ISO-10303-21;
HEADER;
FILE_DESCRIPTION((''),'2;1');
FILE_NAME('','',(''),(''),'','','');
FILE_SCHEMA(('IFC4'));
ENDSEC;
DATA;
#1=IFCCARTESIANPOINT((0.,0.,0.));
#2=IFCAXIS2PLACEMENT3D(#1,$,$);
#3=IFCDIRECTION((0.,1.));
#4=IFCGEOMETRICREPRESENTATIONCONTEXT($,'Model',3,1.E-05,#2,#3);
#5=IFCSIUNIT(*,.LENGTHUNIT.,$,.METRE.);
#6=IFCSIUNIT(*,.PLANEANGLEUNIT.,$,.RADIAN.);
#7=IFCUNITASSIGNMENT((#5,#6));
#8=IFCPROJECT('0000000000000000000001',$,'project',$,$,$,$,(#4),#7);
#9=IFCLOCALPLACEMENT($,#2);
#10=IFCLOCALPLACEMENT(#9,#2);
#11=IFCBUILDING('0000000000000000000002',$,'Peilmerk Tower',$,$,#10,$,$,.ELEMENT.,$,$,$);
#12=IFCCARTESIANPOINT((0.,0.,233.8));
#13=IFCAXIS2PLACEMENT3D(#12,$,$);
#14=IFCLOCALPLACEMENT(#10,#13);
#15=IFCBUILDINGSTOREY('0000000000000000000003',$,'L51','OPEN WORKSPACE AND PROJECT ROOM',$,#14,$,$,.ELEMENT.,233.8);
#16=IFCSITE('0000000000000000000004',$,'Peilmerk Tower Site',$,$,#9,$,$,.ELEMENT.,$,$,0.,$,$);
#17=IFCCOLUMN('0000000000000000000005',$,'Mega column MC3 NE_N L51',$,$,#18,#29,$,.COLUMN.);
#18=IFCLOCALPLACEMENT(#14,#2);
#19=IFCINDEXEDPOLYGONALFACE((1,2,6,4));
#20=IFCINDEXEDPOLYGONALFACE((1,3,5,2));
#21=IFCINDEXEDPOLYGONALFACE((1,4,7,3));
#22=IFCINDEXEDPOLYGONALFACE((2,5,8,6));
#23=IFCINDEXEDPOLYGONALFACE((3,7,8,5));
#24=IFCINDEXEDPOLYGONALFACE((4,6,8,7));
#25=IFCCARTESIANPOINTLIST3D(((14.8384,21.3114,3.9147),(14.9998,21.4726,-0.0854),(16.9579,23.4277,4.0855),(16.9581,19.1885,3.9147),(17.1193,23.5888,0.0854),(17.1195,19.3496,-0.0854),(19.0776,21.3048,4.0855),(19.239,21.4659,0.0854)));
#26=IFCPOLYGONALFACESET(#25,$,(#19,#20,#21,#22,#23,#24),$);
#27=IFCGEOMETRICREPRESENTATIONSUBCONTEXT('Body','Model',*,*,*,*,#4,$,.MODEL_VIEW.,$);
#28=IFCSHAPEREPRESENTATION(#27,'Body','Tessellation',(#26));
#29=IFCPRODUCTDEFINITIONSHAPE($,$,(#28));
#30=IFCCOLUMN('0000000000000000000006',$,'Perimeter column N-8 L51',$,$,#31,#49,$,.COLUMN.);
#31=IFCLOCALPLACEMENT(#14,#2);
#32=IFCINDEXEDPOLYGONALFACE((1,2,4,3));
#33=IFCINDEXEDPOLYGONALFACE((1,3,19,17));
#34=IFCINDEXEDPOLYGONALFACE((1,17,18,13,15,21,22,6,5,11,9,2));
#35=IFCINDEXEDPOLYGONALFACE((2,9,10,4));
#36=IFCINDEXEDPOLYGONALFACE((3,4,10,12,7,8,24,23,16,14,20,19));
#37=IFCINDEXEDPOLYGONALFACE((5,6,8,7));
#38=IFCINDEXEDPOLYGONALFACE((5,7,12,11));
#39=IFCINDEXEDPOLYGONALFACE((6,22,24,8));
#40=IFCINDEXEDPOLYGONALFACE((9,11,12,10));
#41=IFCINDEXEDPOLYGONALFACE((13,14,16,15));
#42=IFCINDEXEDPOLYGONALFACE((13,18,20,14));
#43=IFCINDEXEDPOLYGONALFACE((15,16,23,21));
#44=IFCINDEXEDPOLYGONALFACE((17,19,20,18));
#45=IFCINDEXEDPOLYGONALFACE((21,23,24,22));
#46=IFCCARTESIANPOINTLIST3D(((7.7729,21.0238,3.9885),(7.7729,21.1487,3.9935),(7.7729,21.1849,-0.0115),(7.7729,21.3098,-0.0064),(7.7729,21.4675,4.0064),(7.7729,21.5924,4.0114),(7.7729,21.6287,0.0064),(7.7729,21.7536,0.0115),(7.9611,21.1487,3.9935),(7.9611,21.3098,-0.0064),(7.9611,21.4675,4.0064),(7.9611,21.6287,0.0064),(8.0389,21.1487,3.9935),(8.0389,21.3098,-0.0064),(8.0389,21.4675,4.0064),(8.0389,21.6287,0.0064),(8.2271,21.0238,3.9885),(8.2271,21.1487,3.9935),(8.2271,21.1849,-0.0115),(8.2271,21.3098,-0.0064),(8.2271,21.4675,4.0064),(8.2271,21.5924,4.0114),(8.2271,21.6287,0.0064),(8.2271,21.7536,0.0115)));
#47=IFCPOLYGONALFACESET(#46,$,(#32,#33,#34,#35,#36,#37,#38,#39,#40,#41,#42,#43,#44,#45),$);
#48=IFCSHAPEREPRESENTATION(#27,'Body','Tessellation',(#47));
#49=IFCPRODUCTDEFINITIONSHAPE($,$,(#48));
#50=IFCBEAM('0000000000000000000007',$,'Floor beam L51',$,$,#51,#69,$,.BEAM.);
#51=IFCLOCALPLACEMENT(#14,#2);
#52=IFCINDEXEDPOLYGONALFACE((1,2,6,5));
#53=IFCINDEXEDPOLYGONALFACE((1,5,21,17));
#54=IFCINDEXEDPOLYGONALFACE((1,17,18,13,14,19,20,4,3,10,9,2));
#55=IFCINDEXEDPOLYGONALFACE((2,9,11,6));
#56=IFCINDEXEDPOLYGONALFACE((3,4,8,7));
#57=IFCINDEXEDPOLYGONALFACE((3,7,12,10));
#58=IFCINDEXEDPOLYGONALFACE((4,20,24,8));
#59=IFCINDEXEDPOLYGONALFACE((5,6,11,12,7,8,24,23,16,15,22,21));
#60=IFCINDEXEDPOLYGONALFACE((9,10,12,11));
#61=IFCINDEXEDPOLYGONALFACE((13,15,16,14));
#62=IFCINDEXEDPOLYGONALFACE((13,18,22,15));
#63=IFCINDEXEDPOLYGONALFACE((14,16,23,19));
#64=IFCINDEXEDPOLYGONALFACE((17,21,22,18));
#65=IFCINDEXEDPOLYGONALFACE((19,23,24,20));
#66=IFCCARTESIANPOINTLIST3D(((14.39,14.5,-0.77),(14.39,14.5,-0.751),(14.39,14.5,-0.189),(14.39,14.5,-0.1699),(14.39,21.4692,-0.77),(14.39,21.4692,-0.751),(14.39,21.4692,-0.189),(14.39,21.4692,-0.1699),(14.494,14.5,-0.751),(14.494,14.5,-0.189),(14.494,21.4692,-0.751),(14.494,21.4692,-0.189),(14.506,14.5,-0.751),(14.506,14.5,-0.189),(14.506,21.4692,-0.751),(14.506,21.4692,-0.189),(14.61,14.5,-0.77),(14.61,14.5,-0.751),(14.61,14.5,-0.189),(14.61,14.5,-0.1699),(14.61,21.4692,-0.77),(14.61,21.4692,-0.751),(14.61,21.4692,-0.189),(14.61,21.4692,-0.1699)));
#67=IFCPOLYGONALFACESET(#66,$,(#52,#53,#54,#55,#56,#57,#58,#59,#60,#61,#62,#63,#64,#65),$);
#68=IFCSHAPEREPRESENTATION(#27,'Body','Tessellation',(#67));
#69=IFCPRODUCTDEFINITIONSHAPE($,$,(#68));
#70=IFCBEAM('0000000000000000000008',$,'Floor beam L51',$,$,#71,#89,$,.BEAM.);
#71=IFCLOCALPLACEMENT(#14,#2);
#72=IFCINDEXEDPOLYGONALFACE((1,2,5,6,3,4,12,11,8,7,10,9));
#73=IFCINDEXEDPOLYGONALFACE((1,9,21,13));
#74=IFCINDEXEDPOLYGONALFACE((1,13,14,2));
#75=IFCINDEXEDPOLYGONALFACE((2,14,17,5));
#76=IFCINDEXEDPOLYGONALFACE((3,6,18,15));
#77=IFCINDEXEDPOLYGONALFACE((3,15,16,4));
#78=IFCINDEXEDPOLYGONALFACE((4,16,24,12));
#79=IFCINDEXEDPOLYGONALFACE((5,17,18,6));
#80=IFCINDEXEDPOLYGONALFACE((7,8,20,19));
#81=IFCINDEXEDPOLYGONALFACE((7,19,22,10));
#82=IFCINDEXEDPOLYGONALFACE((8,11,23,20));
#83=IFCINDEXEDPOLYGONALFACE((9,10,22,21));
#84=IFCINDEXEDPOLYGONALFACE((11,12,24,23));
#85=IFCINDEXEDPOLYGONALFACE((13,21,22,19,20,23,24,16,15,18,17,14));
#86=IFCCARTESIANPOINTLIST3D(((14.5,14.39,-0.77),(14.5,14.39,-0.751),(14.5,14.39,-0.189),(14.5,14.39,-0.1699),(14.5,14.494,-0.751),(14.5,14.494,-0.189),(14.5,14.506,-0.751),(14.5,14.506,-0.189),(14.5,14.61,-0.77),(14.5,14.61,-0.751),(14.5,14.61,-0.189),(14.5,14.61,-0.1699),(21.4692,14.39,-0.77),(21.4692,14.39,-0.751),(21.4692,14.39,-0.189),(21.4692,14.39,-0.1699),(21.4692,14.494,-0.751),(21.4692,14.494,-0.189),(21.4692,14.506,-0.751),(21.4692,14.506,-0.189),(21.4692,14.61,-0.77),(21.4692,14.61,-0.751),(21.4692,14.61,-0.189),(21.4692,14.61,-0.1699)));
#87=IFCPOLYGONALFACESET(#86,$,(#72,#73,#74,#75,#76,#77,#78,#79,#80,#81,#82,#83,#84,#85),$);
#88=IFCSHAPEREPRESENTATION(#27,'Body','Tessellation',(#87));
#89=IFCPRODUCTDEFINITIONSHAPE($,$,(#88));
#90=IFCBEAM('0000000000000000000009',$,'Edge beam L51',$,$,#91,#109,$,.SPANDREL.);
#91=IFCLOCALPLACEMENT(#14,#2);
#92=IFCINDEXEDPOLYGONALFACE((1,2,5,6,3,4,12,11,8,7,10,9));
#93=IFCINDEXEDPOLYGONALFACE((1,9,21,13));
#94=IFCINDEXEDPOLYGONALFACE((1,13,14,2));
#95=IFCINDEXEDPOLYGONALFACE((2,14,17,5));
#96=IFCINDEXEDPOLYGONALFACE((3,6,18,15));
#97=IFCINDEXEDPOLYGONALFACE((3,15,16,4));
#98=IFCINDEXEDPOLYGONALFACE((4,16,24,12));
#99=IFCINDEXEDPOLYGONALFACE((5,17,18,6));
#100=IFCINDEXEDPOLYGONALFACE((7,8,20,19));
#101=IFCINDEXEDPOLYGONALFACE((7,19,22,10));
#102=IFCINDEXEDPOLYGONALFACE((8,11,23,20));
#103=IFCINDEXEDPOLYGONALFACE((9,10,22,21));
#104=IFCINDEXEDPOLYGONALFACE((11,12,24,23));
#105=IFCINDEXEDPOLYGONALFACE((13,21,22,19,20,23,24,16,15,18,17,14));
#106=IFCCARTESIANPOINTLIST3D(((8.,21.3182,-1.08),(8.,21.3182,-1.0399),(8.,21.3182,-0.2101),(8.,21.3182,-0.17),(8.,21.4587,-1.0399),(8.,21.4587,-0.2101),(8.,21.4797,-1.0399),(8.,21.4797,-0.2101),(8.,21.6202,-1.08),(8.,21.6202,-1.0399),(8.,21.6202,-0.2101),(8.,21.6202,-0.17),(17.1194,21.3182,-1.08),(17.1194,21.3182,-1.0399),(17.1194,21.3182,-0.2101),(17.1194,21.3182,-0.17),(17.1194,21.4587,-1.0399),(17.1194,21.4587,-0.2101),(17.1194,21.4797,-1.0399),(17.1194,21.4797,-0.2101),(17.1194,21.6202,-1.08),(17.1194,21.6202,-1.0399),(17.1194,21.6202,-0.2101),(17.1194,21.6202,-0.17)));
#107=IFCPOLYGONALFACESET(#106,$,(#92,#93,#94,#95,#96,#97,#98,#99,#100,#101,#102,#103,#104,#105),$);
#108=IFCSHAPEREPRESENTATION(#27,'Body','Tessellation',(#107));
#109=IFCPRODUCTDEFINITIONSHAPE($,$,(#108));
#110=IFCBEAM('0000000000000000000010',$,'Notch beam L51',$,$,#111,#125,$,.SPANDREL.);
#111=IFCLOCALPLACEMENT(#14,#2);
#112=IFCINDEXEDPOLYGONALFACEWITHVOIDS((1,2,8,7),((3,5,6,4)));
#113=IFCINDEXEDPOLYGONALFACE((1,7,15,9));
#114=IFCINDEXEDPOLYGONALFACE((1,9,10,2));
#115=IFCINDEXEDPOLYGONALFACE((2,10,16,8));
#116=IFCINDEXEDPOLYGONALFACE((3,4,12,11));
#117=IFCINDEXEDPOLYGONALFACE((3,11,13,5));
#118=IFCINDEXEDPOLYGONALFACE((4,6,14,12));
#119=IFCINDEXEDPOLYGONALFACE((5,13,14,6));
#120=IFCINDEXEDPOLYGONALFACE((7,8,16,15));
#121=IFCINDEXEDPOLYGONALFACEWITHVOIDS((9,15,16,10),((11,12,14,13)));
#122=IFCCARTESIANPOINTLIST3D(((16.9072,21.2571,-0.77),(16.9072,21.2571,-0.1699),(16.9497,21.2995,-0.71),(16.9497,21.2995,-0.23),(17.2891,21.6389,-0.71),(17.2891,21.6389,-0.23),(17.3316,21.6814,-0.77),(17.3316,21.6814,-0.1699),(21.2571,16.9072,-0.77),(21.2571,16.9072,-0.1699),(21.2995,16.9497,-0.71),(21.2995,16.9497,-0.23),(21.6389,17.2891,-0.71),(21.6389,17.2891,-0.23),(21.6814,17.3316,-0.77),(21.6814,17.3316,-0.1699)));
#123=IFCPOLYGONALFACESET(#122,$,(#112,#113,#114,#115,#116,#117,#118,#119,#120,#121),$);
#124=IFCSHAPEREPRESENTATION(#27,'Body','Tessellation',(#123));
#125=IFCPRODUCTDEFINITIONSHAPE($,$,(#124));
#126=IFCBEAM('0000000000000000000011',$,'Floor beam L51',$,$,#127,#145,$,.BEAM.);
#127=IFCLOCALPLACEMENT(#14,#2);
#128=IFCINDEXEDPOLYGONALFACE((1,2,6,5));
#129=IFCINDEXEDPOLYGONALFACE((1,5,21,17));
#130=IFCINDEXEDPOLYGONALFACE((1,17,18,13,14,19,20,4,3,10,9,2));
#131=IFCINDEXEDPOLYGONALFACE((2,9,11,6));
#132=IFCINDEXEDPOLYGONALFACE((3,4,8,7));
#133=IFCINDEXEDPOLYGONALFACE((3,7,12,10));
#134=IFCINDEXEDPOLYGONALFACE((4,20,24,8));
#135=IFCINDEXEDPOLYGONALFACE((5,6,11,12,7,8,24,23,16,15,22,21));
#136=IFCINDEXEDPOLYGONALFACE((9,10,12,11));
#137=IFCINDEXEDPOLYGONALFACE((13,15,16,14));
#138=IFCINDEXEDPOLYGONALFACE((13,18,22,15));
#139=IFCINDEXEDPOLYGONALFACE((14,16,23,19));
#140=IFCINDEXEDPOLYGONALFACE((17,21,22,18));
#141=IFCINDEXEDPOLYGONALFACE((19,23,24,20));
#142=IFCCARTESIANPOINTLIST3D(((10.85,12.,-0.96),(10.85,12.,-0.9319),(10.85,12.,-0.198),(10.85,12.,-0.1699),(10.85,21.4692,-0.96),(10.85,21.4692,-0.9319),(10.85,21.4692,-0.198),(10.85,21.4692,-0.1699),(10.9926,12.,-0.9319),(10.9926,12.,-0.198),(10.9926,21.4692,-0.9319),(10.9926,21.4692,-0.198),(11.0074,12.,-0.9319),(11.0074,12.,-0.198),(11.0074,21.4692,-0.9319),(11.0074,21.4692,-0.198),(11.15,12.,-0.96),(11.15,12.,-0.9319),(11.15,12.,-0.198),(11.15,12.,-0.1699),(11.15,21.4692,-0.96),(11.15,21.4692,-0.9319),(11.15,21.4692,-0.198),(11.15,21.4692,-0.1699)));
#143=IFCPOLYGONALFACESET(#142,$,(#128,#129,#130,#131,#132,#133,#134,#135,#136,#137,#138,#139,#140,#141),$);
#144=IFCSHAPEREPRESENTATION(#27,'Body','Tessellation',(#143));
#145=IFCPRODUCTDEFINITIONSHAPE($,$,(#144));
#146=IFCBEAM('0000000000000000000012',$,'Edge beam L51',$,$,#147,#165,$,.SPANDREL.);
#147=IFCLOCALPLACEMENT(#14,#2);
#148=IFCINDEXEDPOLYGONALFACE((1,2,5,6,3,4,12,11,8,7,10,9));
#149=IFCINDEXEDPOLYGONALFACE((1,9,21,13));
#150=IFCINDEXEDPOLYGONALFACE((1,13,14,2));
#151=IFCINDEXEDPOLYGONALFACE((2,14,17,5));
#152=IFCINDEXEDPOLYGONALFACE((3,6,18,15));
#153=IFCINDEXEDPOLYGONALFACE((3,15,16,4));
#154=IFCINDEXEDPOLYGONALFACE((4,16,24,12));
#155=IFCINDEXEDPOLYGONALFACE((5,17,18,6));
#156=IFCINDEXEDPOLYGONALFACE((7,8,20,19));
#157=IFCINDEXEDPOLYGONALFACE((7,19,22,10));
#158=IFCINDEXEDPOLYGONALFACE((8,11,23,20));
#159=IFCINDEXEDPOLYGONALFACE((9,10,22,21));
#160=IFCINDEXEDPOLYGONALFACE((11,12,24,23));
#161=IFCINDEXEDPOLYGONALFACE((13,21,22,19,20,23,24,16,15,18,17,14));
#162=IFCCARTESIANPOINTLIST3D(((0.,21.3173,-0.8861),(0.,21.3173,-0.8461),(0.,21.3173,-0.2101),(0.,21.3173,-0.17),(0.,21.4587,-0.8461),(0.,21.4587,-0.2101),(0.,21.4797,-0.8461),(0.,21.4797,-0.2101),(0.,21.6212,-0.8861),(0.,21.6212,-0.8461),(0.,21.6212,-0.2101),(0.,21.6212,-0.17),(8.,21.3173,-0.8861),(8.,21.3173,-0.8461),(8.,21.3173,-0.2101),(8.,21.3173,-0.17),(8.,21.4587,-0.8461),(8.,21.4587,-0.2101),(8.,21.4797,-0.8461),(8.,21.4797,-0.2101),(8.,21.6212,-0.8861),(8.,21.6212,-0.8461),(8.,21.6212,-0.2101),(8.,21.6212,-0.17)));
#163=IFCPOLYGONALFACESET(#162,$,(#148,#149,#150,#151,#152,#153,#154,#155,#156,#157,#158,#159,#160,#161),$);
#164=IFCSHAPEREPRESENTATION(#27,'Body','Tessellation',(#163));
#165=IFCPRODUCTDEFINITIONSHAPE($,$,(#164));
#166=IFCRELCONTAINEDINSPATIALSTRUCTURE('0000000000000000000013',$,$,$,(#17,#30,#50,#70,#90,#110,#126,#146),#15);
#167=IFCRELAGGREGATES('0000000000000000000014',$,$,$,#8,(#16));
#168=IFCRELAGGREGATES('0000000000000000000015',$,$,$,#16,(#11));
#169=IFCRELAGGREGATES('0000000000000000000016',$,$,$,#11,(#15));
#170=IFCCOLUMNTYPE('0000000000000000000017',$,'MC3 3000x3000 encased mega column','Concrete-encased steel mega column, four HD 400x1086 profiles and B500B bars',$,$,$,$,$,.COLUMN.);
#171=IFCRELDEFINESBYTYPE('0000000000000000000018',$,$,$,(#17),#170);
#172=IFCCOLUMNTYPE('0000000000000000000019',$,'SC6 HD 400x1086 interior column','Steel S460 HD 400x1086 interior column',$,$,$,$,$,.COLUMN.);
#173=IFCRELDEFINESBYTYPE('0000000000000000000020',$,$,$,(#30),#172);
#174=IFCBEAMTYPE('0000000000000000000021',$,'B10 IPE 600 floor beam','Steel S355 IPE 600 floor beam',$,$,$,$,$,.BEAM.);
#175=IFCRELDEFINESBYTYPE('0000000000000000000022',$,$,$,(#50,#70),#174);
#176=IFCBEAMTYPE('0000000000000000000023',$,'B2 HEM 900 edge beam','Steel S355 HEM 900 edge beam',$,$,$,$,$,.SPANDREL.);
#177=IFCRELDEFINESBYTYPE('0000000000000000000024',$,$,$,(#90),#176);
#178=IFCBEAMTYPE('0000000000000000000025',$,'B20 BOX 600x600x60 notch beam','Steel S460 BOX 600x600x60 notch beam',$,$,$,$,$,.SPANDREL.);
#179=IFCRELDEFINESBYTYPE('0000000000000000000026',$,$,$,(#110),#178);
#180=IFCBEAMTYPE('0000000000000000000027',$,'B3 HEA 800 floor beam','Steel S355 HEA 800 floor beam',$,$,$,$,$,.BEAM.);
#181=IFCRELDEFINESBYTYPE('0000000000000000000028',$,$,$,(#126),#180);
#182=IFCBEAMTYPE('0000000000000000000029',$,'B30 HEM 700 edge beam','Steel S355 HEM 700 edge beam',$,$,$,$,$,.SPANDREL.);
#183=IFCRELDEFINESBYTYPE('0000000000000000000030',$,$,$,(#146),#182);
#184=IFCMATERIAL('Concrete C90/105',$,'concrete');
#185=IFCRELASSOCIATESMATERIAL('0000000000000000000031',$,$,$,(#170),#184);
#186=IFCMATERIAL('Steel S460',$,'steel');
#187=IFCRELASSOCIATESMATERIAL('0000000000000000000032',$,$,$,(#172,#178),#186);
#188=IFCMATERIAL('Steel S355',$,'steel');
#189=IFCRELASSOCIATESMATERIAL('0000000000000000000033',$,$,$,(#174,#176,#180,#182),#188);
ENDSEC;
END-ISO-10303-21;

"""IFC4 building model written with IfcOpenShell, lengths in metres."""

from ifc_helpers import new_model, si_unit, direction, frame, origin, origin_2d, place, context, subcontext, project, spatial, rectangle, hollow_rectangle, i_section, extrude, material, material_profile, profile_set, type_object, element, save


model = new_model("IFC4")

# Units and contexts
model_context = context("Model", 3, precision=1e-05, world=origin(), true_north=direction((0.0, 1.0)))
body_context = subcontext(model_context, "Body", "Model", "MODEL_VIEW")
ifc_project = project(units=[si_unit("LENGTHUNIT", "METRE"), si_unit("PLANEANGLEUNIT", "RADIAN")], contexts=[model_context])

# Site, building, storey
site_placement = place(None, origin())
site = spatial("IfcSite", under=ifc_project, at=site_placement, Name="Peilmerk Tower Site", CompositionType="ELEMENT", RefElevation=0.0)
building_placement = place(site_placement, origin())
building = spatial("IfcBuilding", under=site, at=building_placement, Name="Peilmerk Tower", CompositionType="ELEMENT")
storey_placement = place(building_placement, frame((0.0, 0.0, 233.8)))
storey = spatial("IfcBuildingStorey", under=building, at=storey_placement, Name="L51", Description="OPEN WORKSPACE AND PROJECT ROOM", CompositionType="ELEMENT", Elevation=233.8)

# Columns
ifc_material_1 = material(Name="Concrete C90/105", Category="concrete")
ifc_material_profile_1 = material_profile(ifc_material_1, rectangle(XDim=3.0, YDim=3.0, at=origin_2d()), Name="RC 3000x3000")
ifc_profile_set_1 = profile_set([ifc_material_profile_1], Name="Concrete C90/105")
column_type_1 = type_object("IfcColumnType", Name="MC3 3000x3000 encased mega column", Description="Concrete-encased steel mega column, four HD 400x1086 profiles and B500B bars", PredefinedType="COLUMN", material=ifc_profile_set_1)
column_1_placement = place(storey_placement, frame((17.1194, 21.4692, 0.0), z_axis=(-0.040279, -0.040218, 0.998379), x_axis=(0.706571, -0.707642, 0.0)))
element("IfcColumn", 1, at=column_1_placement, inside=storey, type_object=column_type_1, Name="Mega column MC3 NE_N L51", PredefinedType="COLUMN", context=body_context, shape_type="SweptSolid", body=[
    extrude(rectangle(XDim=3.0, YDim=3.0, at=origin_2d()), origin(), (0.0, 0.0, 1.0), 4.0066),
])
ifc_material_2 = material(Name="Steel S460", Category="steel")
ifc_material_profile_2 = material_profile(ifc_material_2, i_section(OverallWidth=0.4541, OverallDepth=0.5691, WebThickness=0.0779, FlangeThickness=0.125, at=origin_2d()), Name="HD 400x1086")
ifc_profile_set_2 = profile_set([ifc_material_profile_2], Name="Steel S460")
column_type_2 = type_object("IfcColumnType", Name="SC6 HD 400x1086 interior column", Description="Steel S460 HD 400x1086 interior column", PredefinedType="COLUMN", material=ifc_profile_set_2)
column_2_placement = place(storey_placement, frame((8.0, 21.4692, 0.0), z_axis=(0.0, -0.040251, 0.99919), x_axis=(1.0, 0.0, 0.0)))
element("IfcColumn", 2, at=column_2_placement, inside=storey, type_object=column_type_2, Name="Perimeter column N-8 L51", PredefinedType="COLUMN", context=body_context, shape_type="SweptSolid", body=[
    extrude(i_section(OverallWidth=0.4541, OverallDepth=0.5691, WebThickness=0.0779, FlangeThickness=0.125, at=origin_2d()), origin(), (0.0, 0.0, 1.0), 4.0032),
])

# Beams
ifc_material_3 = material(Name="Steel S355", Category="steel")
ifc_material_profile_3 = material_profile(ifc_material_3, i_section(OverallWidth=0.22, OverallDepth=0.6001, WebThickness=0.012, FlangeThickness=0.019, at=origin_2d()), Name="IPE 600")
ifc_profile_set_3 = profile_set([ifc_material_profile_3], Name="Steel S355")
beam_type_1 = type_object("IfcBeamType", Name="B10 IPE 600 floor beam", Description="Steel S355 IPE 600 floor beam", PredefinedType="BEAM", material=ifc_profile_set_3)
for number, where, z_axis, x_axis, name in (
    (3, (14.5, 14.5, -0.47), (0.0, 1.0, 0.0), (-1.0, 0.0, 0.0), "Floor beam L51"),
    (4, (14.5, 14.5, -0.47), (1.0, 0.0, 0.0), (0.0, 1.0, 0.0), "Floor beam L51"),
):
    element("IfcBeam", number, at=place(storey_placement, frame(where, z_axis=z_axis, x_axis=x_axis)), inside=storey, type_object=beam_type_1, Name=name, PredefinedType="BEAM", context=body_context, shape_type="SweptSolid", body=[
        extrude(i_section(OverallWidth=0.22, OverallDepth=0.6001, WebThickness=0.012, FlangeThickness=0.019, at=origin_2d()), origin(), (0.0, 0.0, 1.0), 6.9692),
    ])
ifc_material_profile_4 = material_profile(ifc_material_3, i_section(OverallWidth=0.302, OverallDepth=0.9099, WebThickness=0.021, FlangeThickness=0.04, at=origin_2d()), Name="HEM 900")
ifc_profile_set_4 = profile_set([ifc_material_profile_4], Name="Steel S355")
beam_type_2 = type_object("IfcBeamType", Name="B2 HEM 900 edge beam", Description="Steel S355 HEM 900 edge beam", PredefinedType="SPANDREL", material=ifc_profile_set_4)
beam_1_placement = place(storey_placement, frame((17.1194, 21.4692, -0.625), z_axis=(-1.0, 0.0, 0.0), x_axis=(0.0, -1.0, 0.0)))
element("IfcBeam", 5, at=beam_1_placement, inside=storey, type_object=beam_type_2, Name="Edge beam L51", PredefinedType="SPANDREL", context=body_context, shape_type="SweptSolid", body=[
    extrude(i_section(OverallWidth=0.302, OverallDepth=0.9099, WebThickness=0.021, FlangeThickness=0.04, at=origin_2d()), origin(), (0.0, 0.0, 1.0), 9.1194),
])
ifc_material_profile_5 = material_profile(ifc_material_2, hollow_rectangle(XDim=0.6001, YDim=0.6001, WallThickness=0.0601, at=origin_2d()), Name="BOX 600x600x60")
ifc_profile_set_5 = profile_set([ifc_material_profile_5], Name="Steel S460")
beam_type_3 = type_object("IfcBeamType", Name="B20 BOX 600x600x60 notch beam", Description="Steel S460 BOX 600x600x60 notch beam", PredefinedType="SPANDREL", material=ifc_profile_set_5)
beam_2_placement = place(storey_placement, frame((17.1194, 21.4692, -0.47), z_axis=(0.707107, -0.707107, 0.0), x_axis=(0.707107, 0.707107, 0.0)))
element("IfcBeam", 6, at=beam_2_placement, inside=storey, type_object=beam_type_3, Name="Notch beam L51", PredefinedType="SPANDREL", context=body_context, shape_type="SweptSolid", body=[
    extrude(hollow_rectangle(XDim=0.6001, YDim=0.6001, WallThickness=0.0601, at=origin_2d()), origin(), (0.0, 0.0, 1.0), 6.1516),
])
ifc_material_profile_6 = material_profile(ifc_material_3, i_section(OverallWidth=0.3, OverallDepth=0.79, WebThickness=0.0149, FlangeThickness=0.0281, at=origin_2d()), Name="HEA 800")
ifc_profile_set_6 = profile_set([ifc_material_profile_6], Name="Steel S355")
beam_type_4 = type_object("IfcBeamType", Name="B3 HEA 800 floor beam", Description="Steel S355 HEA 800 floor beam", PredefinedType="BEAM", material=ifc_profile_set_6)
beam_3_placement = place(storey_placement, frame((11.0, 12.0, -0.5649), z_axis=(0.0, 1.0, 0.0), x_axis=(-1.0, 0.0, 0.0)))
element("IfcBeam", 7, at=beam_3_placement, inside=storey, type_object=beam_type_4, Name="Floor beam L51", PredefinedType="BEAM", context=body_context, shape_type="SweptSolid", body=[
    extrude(i_section(OverallWidth=0.3, OverallDepth=0.79, WebThickness=0.0149, FlangeThickness=0.0281, at=origin_2d()), origin(), (0.0, 0.0, 1.0), 9.4692),
])
ifc_material_profile_7 = material_profile(ifc_material_3, i_section(OverallWidth=0.304, OverallDepth=0.7161, WebThickness=0.021, FlangeThickness=0.04, at=origin_2d()), Name="HEM 700")
ifc_profile_set_7 = profile_set([ifc_material_profile_7], Name="Steel S355")
beam_type_5 = type_object("IfcBeamType", Name="B30 HEM 700 edge beam", Description="Steel S355 HEM 700 edge beam", PredefinedType="SPANDREL", material=ifc_profile_set_7)
beam_4_placement = place(storey_placement, frame((8.0, 21.4692, -0.5281), z_axis=(-1.0, 0.0, 0.0), x_axis=(0.0, -1.0, 0.0)))
element("IfcBeam", 8, at=beam_4_placement, inside=storey, type_object=beam_type_5, Name="Edge beam L51", PredefinedType="SPANDREL", context=body_context, shape_type="SweptSolid", body=[
    extrude(i_section(OverallWidth=0.304, OverallDepth=0.7161, WebThickness=0.021, FlangeThickness=0.04, at=origin_2d()), origin(), (0.0, 0.0, 1.0), 8.0),
])

save(model, "model.ifc")
